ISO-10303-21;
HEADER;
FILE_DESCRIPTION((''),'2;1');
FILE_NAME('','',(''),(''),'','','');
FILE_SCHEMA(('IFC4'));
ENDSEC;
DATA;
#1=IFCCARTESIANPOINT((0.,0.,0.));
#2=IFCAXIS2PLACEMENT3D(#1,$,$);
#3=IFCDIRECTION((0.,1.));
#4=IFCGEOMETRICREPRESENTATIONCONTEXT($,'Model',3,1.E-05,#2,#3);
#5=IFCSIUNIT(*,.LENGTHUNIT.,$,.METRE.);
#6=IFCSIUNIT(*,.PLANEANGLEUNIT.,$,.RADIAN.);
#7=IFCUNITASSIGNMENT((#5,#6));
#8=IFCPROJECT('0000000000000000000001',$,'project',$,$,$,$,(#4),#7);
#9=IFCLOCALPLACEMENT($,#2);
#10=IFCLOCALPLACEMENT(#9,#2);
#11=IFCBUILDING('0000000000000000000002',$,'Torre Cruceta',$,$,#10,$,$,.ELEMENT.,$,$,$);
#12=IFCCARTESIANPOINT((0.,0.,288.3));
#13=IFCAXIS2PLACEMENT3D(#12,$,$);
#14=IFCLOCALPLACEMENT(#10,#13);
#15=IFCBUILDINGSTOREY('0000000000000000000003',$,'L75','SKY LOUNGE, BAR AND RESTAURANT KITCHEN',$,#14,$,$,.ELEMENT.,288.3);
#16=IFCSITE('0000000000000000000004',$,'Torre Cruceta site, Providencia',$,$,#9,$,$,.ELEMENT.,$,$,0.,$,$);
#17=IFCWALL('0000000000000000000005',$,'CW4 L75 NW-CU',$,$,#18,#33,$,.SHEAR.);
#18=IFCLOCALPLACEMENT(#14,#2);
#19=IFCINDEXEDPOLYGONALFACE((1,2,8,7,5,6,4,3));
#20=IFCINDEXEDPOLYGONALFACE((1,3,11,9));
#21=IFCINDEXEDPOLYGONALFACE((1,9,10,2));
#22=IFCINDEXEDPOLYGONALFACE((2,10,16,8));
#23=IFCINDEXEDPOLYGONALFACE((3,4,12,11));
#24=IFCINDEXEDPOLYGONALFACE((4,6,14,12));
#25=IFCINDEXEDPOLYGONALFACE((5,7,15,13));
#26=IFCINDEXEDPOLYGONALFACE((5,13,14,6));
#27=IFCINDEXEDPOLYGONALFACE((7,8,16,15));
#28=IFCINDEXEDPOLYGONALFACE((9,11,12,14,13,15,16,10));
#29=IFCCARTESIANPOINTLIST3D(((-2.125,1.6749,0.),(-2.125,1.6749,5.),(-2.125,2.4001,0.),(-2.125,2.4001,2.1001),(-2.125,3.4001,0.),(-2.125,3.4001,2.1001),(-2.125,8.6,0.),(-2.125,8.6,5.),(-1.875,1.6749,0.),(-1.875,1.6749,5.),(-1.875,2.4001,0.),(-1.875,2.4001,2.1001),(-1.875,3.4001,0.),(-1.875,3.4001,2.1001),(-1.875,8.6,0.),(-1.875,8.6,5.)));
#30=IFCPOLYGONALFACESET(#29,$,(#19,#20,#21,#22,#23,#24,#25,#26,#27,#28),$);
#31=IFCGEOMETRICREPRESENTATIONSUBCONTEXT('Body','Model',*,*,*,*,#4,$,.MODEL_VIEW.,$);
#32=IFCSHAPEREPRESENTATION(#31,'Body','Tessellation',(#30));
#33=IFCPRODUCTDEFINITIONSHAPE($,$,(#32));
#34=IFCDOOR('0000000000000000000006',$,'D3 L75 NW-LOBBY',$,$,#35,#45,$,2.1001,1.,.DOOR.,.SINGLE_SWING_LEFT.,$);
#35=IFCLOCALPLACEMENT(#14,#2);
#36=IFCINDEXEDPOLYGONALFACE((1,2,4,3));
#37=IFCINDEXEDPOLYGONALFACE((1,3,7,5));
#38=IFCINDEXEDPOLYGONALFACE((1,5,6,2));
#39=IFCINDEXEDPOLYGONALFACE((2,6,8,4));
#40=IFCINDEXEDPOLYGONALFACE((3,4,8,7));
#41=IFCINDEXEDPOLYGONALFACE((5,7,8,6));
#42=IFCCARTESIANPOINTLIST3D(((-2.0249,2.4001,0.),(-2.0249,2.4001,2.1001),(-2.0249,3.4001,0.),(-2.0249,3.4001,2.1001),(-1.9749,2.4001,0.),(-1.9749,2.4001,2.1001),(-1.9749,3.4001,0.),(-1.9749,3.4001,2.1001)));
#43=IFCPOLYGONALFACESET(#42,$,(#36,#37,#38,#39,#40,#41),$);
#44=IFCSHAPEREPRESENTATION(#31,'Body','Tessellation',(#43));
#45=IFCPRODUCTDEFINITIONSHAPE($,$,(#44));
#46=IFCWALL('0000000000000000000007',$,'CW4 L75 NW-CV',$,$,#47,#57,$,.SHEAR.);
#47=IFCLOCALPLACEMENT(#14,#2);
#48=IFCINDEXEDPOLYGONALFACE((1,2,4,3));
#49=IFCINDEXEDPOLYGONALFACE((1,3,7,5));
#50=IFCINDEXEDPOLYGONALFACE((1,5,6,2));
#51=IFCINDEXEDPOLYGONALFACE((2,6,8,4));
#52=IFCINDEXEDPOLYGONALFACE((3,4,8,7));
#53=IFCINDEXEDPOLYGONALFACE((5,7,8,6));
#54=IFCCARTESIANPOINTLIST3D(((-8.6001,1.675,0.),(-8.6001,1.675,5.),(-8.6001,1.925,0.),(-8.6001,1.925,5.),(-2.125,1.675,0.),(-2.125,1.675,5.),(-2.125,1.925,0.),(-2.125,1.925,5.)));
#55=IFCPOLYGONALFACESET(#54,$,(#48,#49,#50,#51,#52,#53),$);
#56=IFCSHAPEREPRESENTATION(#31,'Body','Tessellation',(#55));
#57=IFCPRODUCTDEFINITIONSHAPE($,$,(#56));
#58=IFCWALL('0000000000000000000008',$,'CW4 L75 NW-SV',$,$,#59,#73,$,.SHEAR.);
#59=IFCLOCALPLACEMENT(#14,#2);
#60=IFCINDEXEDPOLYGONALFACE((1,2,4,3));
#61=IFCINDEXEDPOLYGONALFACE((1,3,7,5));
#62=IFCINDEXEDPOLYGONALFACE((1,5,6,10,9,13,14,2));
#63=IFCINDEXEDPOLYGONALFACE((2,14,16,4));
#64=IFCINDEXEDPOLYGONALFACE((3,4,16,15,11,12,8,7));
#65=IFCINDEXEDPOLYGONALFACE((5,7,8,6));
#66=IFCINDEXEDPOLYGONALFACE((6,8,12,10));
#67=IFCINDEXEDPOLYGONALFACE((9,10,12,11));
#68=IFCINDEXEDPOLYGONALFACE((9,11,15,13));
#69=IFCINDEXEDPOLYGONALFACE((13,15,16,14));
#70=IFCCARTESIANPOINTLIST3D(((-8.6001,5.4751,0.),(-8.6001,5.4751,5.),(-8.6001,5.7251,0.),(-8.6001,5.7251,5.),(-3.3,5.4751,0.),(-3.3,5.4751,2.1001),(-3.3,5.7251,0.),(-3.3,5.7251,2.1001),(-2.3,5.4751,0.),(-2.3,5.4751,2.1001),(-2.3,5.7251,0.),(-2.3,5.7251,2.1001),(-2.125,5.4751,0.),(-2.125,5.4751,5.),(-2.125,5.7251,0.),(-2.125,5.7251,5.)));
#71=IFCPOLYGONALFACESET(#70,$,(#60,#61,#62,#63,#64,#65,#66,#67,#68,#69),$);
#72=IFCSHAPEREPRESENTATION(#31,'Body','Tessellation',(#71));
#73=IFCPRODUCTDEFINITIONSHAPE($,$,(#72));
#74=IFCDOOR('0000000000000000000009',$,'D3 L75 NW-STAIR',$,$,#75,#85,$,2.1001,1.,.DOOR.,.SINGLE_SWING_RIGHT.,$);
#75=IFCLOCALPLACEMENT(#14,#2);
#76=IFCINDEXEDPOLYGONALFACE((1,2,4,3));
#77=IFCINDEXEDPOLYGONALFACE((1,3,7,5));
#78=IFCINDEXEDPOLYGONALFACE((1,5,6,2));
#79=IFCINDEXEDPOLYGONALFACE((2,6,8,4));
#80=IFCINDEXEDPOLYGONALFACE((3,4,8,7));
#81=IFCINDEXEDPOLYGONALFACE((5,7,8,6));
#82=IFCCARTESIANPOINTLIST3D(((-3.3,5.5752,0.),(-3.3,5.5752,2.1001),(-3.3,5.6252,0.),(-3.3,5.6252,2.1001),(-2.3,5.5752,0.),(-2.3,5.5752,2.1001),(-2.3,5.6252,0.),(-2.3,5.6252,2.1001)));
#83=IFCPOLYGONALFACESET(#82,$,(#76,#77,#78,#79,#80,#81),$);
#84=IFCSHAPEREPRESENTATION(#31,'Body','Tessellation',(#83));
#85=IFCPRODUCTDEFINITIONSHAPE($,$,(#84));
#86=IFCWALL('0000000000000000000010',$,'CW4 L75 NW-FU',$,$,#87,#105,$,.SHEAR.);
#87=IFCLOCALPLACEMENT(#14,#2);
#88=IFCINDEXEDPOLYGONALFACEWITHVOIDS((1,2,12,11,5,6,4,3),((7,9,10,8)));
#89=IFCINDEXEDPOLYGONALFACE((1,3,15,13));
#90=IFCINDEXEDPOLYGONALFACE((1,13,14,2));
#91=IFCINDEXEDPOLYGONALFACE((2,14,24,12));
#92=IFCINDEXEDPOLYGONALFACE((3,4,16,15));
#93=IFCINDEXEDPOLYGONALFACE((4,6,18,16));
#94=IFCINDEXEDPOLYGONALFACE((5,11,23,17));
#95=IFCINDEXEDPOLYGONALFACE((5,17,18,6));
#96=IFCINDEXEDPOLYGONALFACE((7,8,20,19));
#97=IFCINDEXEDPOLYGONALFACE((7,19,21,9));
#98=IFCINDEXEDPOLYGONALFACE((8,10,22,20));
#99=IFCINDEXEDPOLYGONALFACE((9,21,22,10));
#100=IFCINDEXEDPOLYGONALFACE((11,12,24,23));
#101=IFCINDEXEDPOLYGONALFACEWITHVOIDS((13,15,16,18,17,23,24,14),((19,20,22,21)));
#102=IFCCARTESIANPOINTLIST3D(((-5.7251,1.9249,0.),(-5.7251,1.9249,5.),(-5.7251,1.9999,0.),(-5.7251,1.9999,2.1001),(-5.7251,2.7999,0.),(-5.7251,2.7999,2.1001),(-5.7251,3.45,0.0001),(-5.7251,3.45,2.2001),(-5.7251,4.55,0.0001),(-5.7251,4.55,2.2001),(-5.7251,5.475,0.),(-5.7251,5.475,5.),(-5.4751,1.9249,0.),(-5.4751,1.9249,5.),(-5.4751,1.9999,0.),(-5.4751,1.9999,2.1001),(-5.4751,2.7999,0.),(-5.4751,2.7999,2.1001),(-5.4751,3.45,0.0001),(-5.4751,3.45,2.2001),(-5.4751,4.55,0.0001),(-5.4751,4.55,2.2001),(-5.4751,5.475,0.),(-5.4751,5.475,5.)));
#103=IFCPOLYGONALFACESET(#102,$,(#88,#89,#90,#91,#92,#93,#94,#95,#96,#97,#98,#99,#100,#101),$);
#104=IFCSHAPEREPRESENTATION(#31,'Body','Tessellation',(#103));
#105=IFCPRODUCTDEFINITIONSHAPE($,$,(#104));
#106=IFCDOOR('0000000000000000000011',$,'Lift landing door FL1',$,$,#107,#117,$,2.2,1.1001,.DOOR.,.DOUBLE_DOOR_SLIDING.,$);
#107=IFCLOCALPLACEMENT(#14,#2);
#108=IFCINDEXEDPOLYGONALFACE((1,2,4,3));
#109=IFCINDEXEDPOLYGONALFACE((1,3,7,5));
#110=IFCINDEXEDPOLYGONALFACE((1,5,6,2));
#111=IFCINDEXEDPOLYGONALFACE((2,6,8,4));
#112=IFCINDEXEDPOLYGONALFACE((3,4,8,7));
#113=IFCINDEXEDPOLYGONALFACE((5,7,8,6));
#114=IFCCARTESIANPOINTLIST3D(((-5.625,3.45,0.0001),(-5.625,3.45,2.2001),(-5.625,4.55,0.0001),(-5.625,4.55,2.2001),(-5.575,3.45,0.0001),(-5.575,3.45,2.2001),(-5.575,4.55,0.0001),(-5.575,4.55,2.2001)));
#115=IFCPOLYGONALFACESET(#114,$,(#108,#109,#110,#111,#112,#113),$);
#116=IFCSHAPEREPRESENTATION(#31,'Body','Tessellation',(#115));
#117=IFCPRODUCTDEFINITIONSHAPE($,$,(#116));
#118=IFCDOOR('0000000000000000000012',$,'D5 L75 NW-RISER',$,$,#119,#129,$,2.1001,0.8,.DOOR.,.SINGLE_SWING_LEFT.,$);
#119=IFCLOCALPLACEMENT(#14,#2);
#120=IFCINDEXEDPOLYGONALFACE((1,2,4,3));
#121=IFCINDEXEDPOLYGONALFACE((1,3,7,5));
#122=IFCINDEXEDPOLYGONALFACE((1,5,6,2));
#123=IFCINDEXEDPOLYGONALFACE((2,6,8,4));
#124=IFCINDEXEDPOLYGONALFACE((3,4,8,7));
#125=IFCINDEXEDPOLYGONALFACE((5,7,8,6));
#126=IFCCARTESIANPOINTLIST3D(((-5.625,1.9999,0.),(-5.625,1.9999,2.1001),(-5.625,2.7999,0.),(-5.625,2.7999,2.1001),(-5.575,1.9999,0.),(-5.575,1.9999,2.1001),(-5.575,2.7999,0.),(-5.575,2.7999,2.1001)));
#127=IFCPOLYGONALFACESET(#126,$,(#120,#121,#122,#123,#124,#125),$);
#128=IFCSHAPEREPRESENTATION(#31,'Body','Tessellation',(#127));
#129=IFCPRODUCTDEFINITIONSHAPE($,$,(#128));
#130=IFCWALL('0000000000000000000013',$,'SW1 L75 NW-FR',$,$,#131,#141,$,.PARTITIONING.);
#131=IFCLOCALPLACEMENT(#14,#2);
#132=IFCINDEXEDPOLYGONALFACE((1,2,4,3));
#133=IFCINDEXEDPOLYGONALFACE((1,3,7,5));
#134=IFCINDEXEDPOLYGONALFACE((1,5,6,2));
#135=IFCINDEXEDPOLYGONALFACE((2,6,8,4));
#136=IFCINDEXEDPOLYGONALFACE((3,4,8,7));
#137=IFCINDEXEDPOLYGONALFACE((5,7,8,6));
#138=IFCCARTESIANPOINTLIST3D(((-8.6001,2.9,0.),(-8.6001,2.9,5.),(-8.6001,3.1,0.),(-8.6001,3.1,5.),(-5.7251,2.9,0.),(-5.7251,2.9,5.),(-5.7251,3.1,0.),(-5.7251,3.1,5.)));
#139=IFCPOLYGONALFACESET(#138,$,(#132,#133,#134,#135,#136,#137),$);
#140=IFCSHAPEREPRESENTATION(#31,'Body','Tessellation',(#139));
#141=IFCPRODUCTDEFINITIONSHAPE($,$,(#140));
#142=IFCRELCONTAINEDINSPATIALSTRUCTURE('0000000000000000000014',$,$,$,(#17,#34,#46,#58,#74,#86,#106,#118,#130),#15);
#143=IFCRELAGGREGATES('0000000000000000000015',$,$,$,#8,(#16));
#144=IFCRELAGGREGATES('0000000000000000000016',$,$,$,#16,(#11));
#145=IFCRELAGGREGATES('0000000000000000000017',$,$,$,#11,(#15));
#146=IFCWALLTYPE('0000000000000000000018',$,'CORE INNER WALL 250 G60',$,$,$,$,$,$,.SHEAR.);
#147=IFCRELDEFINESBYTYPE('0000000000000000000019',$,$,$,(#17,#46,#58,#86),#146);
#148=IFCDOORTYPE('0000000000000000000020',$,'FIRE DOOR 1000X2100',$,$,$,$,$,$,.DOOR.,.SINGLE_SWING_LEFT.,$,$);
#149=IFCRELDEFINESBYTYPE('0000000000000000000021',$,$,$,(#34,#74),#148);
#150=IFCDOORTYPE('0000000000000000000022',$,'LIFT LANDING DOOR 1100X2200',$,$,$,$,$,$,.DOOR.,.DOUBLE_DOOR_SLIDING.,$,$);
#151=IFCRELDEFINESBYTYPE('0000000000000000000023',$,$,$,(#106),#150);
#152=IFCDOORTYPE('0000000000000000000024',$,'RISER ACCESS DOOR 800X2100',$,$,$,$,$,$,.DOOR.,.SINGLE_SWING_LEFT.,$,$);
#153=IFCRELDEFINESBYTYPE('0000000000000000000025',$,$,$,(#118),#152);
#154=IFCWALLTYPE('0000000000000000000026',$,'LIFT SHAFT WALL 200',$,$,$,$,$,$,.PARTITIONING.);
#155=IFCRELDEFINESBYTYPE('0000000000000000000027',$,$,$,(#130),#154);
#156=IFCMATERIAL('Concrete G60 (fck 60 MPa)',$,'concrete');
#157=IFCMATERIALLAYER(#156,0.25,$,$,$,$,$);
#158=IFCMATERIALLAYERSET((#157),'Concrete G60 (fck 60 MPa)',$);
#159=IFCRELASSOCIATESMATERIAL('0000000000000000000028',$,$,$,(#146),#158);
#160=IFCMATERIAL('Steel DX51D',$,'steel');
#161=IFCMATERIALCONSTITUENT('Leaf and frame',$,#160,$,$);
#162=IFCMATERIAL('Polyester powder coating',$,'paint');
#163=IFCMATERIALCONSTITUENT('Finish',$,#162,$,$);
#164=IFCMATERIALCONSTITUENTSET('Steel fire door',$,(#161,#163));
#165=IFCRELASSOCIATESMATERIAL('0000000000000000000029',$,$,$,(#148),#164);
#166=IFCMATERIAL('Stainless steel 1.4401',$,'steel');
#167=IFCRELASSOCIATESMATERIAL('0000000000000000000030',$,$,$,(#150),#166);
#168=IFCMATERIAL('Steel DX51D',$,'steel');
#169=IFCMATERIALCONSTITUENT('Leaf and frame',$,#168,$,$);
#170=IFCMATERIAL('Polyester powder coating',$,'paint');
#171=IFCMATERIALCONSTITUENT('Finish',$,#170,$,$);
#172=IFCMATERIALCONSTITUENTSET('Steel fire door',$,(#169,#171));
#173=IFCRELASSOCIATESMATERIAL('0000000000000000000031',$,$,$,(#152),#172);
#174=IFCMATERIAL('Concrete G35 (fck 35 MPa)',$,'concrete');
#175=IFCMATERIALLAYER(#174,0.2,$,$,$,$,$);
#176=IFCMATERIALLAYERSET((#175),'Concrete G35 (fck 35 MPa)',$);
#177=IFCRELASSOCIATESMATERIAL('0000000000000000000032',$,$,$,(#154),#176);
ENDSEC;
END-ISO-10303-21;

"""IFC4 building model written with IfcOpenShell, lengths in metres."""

from ifc_helpers import new_model, si_unit, direction, frame, frame_2d, origin, place, context, subcontext, project, spatial, rectangle, extrude, material, layer, layer_set, constituent, constituent_set, type_object, element, fill, save


model = new_model("IFC4")

# Units and contexts
model_context = context("Model", 3, precision=1e-05, world=origin(), true_north=direction((0.0, 1.0)))
body_context = subcontext(model_context, "Body", "Model", "MODEL_VIEW")
ifc_project = project(units=[si_unit("LENGTHUNIT", "METRE"), si_unit("PLANEANGLEUNIT", "RADIAN")], contexts=[model_context])

# Site, building, storey
site_placement = place(None, origin())
site = spatial("IfcSite", under=ifc_project, at=site_placement, Name="Torre Cruceta site, Providencia", CompositionType="ELEMENT", RefElevation=0.0)
building_placement = place(site_placement, origin())
building = spatial("IfcBuilding", under=site, at=building_placement, Name="Torre Cruceta", CompositionType="ELEMENT")
storey_placement = place(building_placement, frame((0.0, 0.0, 288.3)))
storey = spatial("IfcBuildingStorey", under=building, at=storey_placement, Name="L75", Description="SKY LOUNGE, BAR AND RESTAURANT KITCHEN", CompositionType="ELEMENT", Elevation=288.3)

# Wall, opening, door
ifc_material_1 = material(Name="Concrete G60 (fck 60 MPa)", Category="concrete")
ifc_layer_1 = layer(ifc_material_1, 0.25)
ifc_layer_set_1 = layer_set([ifc_layer_1], Name="Concrete G60 (fck 60 MPa)")
wall_type_1 = type_object("IfcWallType", Name="CORE INNER WALL 250 G60", PredefinedType="SHEAR", material=ifc_layer_set_1)
wall_1_placement = place(storey_placement, frame((-2.0, 1.675, 0.0), z_axis=(0.0, 0.0, 1.0), x_axis=(0.0, 1.0, 0.0)))
wall_1 = element("IfcWall", 1, at=wall_1_placement, inside=storey, type_object=wall_type_1, Name="CW4 L75 NW-CU", PredefinedType="SHEAR", context=body_context, shape_type="SweptSolid", body=[
    extrude(rectangle(XDim=6.925, YDim=0.25, at=frame_2d((3.4624, 0.0))), origin(), (0.0, 0.0, 1.0), 5.0),
])
opening_1_placement = place(wall_1_placement, frame((0.7251, 0.0, 0.0)))
opening_1 = element("IfcOpeningElement", 2, at=opening_1_placement, cuts=wall_1, PredefinedType="OPENING", context=body_context, shape_type="SweptSolid", body=[
    extrude(rectangle(XDim=1.0, YDim=2.1001, at=frame_2d((0.5, 1.05))), frame((0.0, 0.135, 0.0), z_axis=(0.0, -1.0, 0.0), x_axis=(1.0, 0.0, 0.0)), (0.0, 0.0, 1.0), 0.27),
])
ifc_material_2 = material(Name="Steel DX51D", Category="steel")
ifc_constituent_1 = constituent(ifc_material_2, Name="Leaf and frame")
ifc_material_3 = material(Name="Polyester powder coating", Category="paint")
ifc_constituent_2 = constituent(ifc_material_3, Name="Finish")
ifc_constituent_set_1 = constituent_set(constituents=[ifc_constituent_1, ifc_constituent_2], Name="Steel fire door")
door_type_1 = type_object("IfcDoorType", Name="FIRE DOOR 1000X2100", OperationType="SINGLE_SWING_LEFT", PredefinedType="DOOR", material=ifc_constituent_set_1)
door_1_placement = place(opening_1_placement, origin())
door_1 = element("IfcDoor", 3, at=door_1_placement, inside=storey, type_object=door_type_1, Name="D3 L75 NW-LOBBY", OperationType="SINGLE_SWING_LEFT", OverallHeight=2.1001, OverallWidth=1.0, PredefinedType="DOOR", context=body_context, shape_type="SweptSolid", body=[
    extrude(rectangle(XDim=1.0, YDim=2.1001, at=frame_2d((0.5, 1.05))), frame((0.0, 0.0249, 0.0), z_axis=(0.0, -1.0, 0.0), x_axis=(1.0, 0.0, 0.0)), (0.0, 0.0, 1.0), 0.05),
])
fill(opening_1, door_1)

# Wall
wall_2_placement = place(storey_placement, frame((-2.125, 1.8, 0.0), z_axis=(0.0, 0.0, 1.0), x_axis=(-1.0, 0.0, 0.0)))
element("IfcWall", 4, at=wall_2_placement, inside=storey, type_object=wall_type_1, Name="CW4 L75 NW-CV", PredefinedType="SHEAR", context=body_context, shape_type="SweptSolid", body=[
    extrude(rectangle(XDim=6.4751, YDim=0.25, at=frame_2d((3.2375, 0.0))), origin(), (0.0, 0.0, 1.0), 5.0),
])

# Wall, opening, door
wall_3_placement = place(storey_placement, frame((-2.125, 5.6001, 0.0), z_axis=(0.0, 0.0, 1.0), x_axis=(-1.0, 0.0, 0.0)))
wall_3 = element("IfcWall", 5, at=wall_3_placement, inside=storey, type_object=wall_type_1, Name="CW4 L75 NW-SV", PredefinedType="SHEAR", context=body_context, shape_type="SweptSolid", body=[
    extrude(rectangle(XDim=6.4751, YDim=0.25, at=frame_2d((3.2375, 0.0))), origin(), (0.0, 0.0, 1.0), 5.0),
])
opening_2_placement = place(wall_3_placement, frame((0.175, 0.0, 0.0)))
opening_2 = element("IfcOpeningElement", 6, at=opening_2_placement, cuts=wall_3, PredefinedType="OPENING", context=body_context, shape_type="SweptSolid", body=[
    extrude(rectangle(XDim=1.0, YDim=2.1001, at=frame_2d((0.5, 1.05))), frame((0.0, 0.135, 0.0), z_axis=(0.0, -1.0, 0.0), x_axis=(1.0, 0.0, 0.0)), (0.0, 0.0, 1.0), 0.27),
])
door_2_placement = place(opening_2_placement, frame((1.0, 0.0, 0.0), z_axis=(0.0, 0.0, 1.0), x_axis=(-1.0, 0.0, 0.0)))
door_2 = element("IfcDoor", 7, at=door_2_placement, inside=storey, type_object=door_type_1, Name="D3 L75 NW-STAIR", OperationType="SINGLE_SWING_RIGHT", OverallHeight=2.1001, OverallWidth=1.0, PredefinedType="DOOR", context=body_context, shape_type="SweptSolid", body=[
    extrude(rectangle(XDim=1.0, YDim=2.1001, at=frame_2d((0.5, 1.05))), frame((0.0, 0.0251, 0.0), z_axis=(0.0, -1.0, 0.0), x_axis=(1.0, 0.0, 0.0)), (0.0, 0.0, 1.0), 0.05),
])
fill(opening_2, door_2)

# Wall, openings, doors
wall_4_placement = place(storey_placement, frame((-5.6001, 1.925, 0.0), z_axis=(0.0, 0.0, 1.0), x_axis=(0.0, 1.0, 0.0)))
wall_4 = element("IfcWall", 8, at=wall_4_placement, inside=storey, type_object=wall_type_1, Name="CW4 L75 NW-FU", PredefinedType="SHEAR", context=body_context, shape_type="SweptSolid", body=[
    extrude(rectangle(XDim=3.55, YDim=0.25, at=frame_2d((1.7749, 0.0))), origin(), (0.0, 0.0, 1.0), 5.0),
])
opening_3_placement = place(wall_4_placement, frame((1.5249, 0.0, 0.0)))
opening_3 = element("IfcOpeningElement", 9, at=opening_3_placement, cuts=wall_4, PredefinedType="OPENING", context=body_context, shape_type="SweptSolid", body=[
    extrude(rectangle(XDim=1.1001, YDim=2.2, at=frame_2d((0.55, 1.1001))), frame((0.0, 0.135, 0.0), z_axis=(0.0, -1.0, 0.0), x_axis=(1.0, 0.0, 0.0)), (0.0, 0.0, 1.0), 0.27),
])
opening_4_placement = place(wall_4_placement, frame((0.075, 0.0, 0.0)))
opening_4 = element("IfcOpeningElement", 10, at=opening_4_placement, cuts=wall_4, PredefinedType="OPENING", context=body_context, shape_type="SweptSolid", body=[
    extrude(rectangle(XDim=0.8, YDim=2.1001, at=frame_2d((0.3999, 1.05))), frame((0.0, 0.135, 0.0), z_axis=(0.0, -1.0, 0.0), x_axis=(1.0, 0.0, 0.0)), (0.0, 0.0, 1.0), 0.27),
])
ifc_material_4 = material(Name="Stainless steel 1.4401", Category="steel")
door_type_2 = type_object("IfcDoorType", Name="LIFT LANDING DOOR 1100X2200", OperationType="DOUBLE_DOOR_SLIDING", PredefinedType="DOOR", material=ifc_material_4)
door_3_placement = place(opening_3_placement, origin())
door_3 = element("IfcDoor", 11, at=door_3_placement, inside=storey, type_object=door_type_2, Name="Lift landing door FL1", OperationType="DOUBLE_DOOR_SLIDING", OverallHeight=2.2, OverallWidth=1.1001, PredefinedType="DOOR", context=body_context, shape_type="SweptSolid", body=[
    extrude(rectangle(XDim=1.1001, YDim=2.2, at=frame_2d((0.55, 1.1001))), frame((0.0, 0.0249, 0.0), z_axis=(0.0, -1.0, 0.0), x_axis=(1.0, 0.0, 0.0)), (0.0, 0.0, 1.0), 0.05),
])
fill(opening_3, door_3)
ifc_material_5 = material(Name="Steel DX51D", Category="steel")
ifc_constituent_3 = constituent(ifc_material_5, Name="Leaf and frame")
ifc_material_6 = material(Name="Polyester powder coating", Category="paint")
ifc_constituent_4 = constituent(ifc_material_6, Name="Finish")
ifc_constituent_set_2 = constituent_set(constituents=[ifc_constituent_3, ifc_constituent_4], Name="Steel fire door")
door_type_3 = type_object("IfcDoorType", Name="RISER ACCESS DOOR 800X2100", OperationType="SINGLE_SWING_LEFT", PredefinedType="DOOR", material=ifc_constituent_set_2)
door_4_placement = place(opening_4_placement, origin())
door_4 = element("IfcDoor", 12, at=door_4_placement, inside=storey, type_object=door_type_3, Name="D5 L75 NW-RISER", OperationType="SINGLE_SWING_LEFT", OverallHeight=2.1001, OverallWidth=0.8, PredefinedType="DOOR", context=body_context, shape_type="SweptSolid", body=[
    extrude(rectangle(XDim=0.8, YDim=2.1001, at=frame_2d((0.3999, 1.05))), frame((0.0, 0.0249, 0.0), z_axis=(0.0, -1.0, 0.0), x_axis=(1.0, 0.0, 0.0)), (0.0, 0.0, 1.0), 0.05),
])
fill(opening_4, door_4)

# Wall
ifc_material_7 = material(Name="Concrete G35 (fck 35 MPa)", Category="concrete")
ifc_layer_2 = layer(ifc_material_7, 0.2)
ifc_layer_set_2 = layer_set([ifc_layer_2], Name="Concrete G35 (fck 35 MPa)")
wall_type_2 = type_object("IfcWallType", Name="LIFT SHAFT WALL 200", PredefinedType="PARTITIONING", material=ifc_layer_set_2)
wall_5_placement = place(storey_placement, frame((-5.7251, 3.0, 0.0), z_axis=(0.0, 0.0, 1.0), x_axis=(-1.0, 0.0, 0.0)))
element("IfcWall", 13, at=wall_5_placement, inside=storey, type_object=wall_type_2, Name="SW1 L75 NW-FR", PredefinedType="PARTITIONING", context=body_context, shape_type="SweptSolid", body=[
    extrude(rectangle(XDim=2.875, YDim=0.2, at=frame_2d((1.4375, 0.0))), origin(), (0.0, 0.0, 1.0), 5.0),
])

save(model, "model.ifc")
